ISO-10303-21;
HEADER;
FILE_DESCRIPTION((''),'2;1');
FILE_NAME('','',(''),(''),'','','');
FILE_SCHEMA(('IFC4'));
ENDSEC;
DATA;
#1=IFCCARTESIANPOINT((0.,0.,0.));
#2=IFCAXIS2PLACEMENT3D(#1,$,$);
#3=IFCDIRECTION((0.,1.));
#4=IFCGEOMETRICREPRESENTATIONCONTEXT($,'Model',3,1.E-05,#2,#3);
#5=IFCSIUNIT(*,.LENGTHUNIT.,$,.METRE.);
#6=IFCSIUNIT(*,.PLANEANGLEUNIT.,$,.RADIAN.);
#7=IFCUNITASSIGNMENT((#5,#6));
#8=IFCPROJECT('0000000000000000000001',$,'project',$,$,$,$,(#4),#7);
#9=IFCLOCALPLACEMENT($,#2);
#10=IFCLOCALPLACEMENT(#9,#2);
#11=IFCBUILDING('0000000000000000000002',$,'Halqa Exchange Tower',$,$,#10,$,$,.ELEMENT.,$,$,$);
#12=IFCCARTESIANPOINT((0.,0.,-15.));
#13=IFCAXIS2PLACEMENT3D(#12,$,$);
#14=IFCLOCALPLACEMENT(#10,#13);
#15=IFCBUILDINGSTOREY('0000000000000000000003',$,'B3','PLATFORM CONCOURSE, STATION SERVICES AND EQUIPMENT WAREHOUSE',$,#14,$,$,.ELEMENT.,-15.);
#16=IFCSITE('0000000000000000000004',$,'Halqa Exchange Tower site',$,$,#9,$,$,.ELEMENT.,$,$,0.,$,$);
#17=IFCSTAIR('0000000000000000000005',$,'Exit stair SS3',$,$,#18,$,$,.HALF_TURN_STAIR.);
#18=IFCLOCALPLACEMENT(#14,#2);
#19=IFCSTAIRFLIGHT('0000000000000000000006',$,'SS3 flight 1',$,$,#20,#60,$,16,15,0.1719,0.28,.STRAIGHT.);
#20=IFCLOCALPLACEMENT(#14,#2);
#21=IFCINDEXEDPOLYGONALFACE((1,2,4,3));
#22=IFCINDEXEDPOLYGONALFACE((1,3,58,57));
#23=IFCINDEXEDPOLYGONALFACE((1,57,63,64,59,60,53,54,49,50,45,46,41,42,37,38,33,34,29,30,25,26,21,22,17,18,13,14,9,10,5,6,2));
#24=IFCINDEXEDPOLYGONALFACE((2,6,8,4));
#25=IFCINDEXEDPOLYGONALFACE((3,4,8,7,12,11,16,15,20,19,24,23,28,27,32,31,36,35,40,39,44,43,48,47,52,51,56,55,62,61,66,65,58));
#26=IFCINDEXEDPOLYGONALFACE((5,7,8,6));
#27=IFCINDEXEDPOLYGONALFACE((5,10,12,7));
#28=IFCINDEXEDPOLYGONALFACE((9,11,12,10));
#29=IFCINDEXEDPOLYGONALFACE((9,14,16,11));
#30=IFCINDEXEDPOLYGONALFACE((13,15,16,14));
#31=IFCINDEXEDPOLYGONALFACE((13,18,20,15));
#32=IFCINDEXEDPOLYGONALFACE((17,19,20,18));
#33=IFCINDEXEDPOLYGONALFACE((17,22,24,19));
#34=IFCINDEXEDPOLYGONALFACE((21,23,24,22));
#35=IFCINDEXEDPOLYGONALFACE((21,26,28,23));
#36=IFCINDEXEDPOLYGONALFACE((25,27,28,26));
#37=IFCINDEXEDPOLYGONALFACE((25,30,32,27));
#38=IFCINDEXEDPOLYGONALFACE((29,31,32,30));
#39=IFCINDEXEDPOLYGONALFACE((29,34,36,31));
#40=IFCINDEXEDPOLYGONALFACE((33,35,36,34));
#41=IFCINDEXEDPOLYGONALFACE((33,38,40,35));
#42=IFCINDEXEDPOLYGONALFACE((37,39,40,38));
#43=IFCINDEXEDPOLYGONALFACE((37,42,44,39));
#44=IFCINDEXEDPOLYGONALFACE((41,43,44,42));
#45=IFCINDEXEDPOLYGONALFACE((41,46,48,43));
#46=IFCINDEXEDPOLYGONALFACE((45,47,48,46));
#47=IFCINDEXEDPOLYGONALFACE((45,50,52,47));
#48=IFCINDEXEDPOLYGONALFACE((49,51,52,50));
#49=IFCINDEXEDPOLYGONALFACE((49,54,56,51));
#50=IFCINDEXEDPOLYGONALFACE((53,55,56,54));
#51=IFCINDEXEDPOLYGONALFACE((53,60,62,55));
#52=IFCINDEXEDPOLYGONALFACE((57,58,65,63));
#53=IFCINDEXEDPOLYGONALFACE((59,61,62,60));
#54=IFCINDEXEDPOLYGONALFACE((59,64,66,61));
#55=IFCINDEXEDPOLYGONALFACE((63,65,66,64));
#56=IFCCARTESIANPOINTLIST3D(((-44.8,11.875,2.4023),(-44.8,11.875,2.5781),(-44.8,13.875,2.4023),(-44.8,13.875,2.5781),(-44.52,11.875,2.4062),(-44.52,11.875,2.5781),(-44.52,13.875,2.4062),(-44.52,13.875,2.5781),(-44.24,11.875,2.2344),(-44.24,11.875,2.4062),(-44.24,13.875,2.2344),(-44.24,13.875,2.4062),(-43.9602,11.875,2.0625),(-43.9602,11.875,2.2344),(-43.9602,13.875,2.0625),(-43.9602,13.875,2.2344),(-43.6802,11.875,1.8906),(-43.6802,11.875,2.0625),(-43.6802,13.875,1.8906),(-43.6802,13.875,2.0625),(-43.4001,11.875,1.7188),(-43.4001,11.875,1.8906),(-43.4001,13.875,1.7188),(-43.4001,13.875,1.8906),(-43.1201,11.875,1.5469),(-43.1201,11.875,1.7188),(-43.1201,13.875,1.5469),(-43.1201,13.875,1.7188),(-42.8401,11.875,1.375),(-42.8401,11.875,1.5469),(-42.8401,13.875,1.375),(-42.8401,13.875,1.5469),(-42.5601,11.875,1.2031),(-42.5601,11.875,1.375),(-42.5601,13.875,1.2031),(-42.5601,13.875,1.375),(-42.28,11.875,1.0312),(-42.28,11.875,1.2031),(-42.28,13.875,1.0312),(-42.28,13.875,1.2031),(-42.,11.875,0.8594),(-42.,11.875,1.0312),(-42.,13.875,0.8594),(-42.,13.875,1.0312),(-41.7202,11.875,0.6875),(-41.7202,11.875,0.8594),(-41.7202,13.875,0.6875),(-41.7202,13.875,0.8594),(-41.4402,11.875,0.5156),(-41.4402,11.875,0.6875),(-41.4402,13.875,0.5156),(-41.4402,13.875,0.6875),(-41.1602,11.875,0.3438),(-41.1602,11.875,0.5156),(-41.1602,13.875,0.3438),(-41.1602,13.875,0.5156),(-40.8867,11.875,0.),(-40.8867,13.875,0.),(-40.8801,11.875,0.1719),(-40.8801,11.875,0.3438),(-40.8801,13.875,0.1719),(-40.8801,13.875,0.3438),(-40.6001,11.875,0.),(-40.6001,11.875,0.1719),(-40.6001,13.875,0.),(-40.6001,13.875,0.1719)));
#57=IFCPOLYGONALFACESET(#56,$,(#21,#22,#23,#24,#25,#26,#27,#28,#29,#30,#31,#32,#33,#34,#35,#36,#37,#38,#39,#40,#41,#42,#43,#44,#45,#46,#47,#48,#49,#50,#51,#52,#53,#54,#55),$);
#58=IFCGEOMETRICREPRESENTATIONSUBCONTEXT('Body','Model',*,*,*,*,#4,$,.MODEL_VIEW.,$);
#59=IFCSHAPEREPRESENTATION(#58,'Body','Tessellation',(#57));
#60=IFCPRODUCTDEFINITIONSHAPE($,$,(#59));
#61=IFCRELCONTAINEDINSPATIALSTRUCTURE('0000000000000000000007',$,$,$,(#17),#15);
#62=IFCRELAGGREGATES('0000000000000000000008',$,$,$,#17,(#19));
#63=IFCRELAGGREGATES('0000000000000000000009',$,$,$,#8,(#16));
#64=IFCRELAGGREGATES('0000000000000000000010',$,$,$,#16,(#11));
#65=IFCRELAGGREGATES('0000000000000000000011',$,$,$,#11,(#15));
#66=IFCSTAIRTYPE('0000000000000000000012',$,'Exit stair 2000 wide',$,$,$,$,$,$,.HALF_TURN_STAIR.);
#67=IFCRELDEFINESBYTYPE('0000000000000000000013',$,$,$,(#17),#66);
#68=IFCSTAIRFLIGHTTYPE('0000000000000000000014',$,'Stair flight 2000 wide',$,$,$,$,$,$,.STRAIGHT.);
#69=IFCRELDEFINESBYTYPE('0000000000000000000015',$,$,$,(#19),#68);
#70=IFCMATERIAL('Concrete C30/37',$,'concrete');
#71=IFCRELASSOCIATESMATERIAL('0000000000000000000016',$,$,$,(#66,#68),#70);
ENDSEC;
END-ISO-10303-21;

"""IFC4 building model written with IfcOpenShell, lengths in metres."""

from ifc_helpers import new_model, si_unit, direction, frame, origin, place, context, subcontext, project, spatial, polyline, outline, extrude, material, type_object, element, aggregate, save


model = new_model("IFC4")

# Units and contexts
model_context = context("Model", 3, precision=1e-05, world=origin(), true_north=direction((0.0, 1.0)))
body_context = subcontext(model_context, "Body", "Model", "MODEL_VIEW")
ifc_project = project(units=[si_unit("LENGTHUNIT", "METRE"), si_unit("PLANEANGLEUNIT", "RADIAN")], contexts=[model_context])

# Site, building, storey
site_placement = place(None, origin())
site = spatial("IfcSite", under=ifc_project, at=site_placement, Name="Halqa Exchange Tower site", CompositionType="ELEMENT", RefElevation=0.0)
building_placement = place(site_placement, origin())
building = spatial("IfcBuilding", under=site, at=building_placement, Name="Halqa Exchange Tower", CompositionType="ELEMENT")
storey_placement = place(building_placement, frame((0.0, 0.0, -15.0)))
storey = spatial("IfcBuildingStorey", under=building, at=storey_placement, Name="B3", Description="PLATFORM CONCOURSE, STATION SERVICES AND EQUIPMENT WAREHOUSE", CompositionType="ELEMENT", Elevation=-15.0)

# Shared definitions
ifc_material_1 = material(Name="Concrete C30/37", Category="concrete")

# Stair, stair flight
stair_type = type_object("IfcStairType", Name="Exit stair 2000 wide", PredefinedType="HALF_TURN_STAIR", material=ifc_material_1)
stair_placement = place(storey_placement, origin())
stair = element("IfcStair", 1, at=stair_placement, inside=storey, type_object=stair_type, Name="Exit stair SS3", PredefinedType="HALF_TURN_STAIR")
stair_flight_type = type_object("IfcStairFlightType", Name="Stair flight 2000 wide", PredefinedType="STRAIGHT", material=ifc_material_1)
stair_flight_placement = place(storey_placement, frame((-40.6001, 12.875, 0.0), z_axis=(0.0, 0.0, 1.0), x_axis=(-1.0, 0.0, 0.0)))
stair_flight = element("IfcStairFlight", 2, at=stair_flight_placement, type_object=stair_flight_type, Name="SS3 flight 1", NumberOfRisers=16, NumberOfTreads=15, PredefinedType="STRAIGHT", RiserHeight=0.1719, TreadLength=0.28, context=body_context, shape_type="SweptSolid", body=[
    extrude(outline(polyline([(0.0, 0.0), (0.0, 0.1719), (0.28, 0.1719), (0.28, 0.3438), (0.5601, 0.3438), (0.5601, 0.5156), (0.8401, 0.5156), (0.8401, 0.6875), (1.1201, 0.6875), (1.1201, 0.8594), (1.3999, 0.8594), (1.3999, 1.0312), (1.6799, 1.0312), (1.6799, 1.2031), (1.96, 1.2031), (1.96, 1.375), (2.24, 1.375), (2.24, 1.5469), (2.52, 1.5469), (2.52, 1.7188), (2.8, 1.7188), (2.8, 1.8906), (3.0801, 1.8906), (3.0801, 2.0625), (3.3601, 2.0625), (3.3601, 2.2344), (3.6399, 2.2344), (3.6399, 2.4062), (3.9199, 2.4062), (3.9199, 2.5781), (4.2, 2.5781), (4.2, 2.75), (4.2, 2.4023), (0.2866, 0.0), (0.0, 0.0)])), frame((0.0, 1.0, 0.0), z_axis=(0.0, -1.0, 0.0), x_axis=(1.0, 0.0, 0.0)), (0.0, 0.0, 1.0), 2.0),
])
aggregate(stair, [stair_flight])

save(model, "model.ifc")
